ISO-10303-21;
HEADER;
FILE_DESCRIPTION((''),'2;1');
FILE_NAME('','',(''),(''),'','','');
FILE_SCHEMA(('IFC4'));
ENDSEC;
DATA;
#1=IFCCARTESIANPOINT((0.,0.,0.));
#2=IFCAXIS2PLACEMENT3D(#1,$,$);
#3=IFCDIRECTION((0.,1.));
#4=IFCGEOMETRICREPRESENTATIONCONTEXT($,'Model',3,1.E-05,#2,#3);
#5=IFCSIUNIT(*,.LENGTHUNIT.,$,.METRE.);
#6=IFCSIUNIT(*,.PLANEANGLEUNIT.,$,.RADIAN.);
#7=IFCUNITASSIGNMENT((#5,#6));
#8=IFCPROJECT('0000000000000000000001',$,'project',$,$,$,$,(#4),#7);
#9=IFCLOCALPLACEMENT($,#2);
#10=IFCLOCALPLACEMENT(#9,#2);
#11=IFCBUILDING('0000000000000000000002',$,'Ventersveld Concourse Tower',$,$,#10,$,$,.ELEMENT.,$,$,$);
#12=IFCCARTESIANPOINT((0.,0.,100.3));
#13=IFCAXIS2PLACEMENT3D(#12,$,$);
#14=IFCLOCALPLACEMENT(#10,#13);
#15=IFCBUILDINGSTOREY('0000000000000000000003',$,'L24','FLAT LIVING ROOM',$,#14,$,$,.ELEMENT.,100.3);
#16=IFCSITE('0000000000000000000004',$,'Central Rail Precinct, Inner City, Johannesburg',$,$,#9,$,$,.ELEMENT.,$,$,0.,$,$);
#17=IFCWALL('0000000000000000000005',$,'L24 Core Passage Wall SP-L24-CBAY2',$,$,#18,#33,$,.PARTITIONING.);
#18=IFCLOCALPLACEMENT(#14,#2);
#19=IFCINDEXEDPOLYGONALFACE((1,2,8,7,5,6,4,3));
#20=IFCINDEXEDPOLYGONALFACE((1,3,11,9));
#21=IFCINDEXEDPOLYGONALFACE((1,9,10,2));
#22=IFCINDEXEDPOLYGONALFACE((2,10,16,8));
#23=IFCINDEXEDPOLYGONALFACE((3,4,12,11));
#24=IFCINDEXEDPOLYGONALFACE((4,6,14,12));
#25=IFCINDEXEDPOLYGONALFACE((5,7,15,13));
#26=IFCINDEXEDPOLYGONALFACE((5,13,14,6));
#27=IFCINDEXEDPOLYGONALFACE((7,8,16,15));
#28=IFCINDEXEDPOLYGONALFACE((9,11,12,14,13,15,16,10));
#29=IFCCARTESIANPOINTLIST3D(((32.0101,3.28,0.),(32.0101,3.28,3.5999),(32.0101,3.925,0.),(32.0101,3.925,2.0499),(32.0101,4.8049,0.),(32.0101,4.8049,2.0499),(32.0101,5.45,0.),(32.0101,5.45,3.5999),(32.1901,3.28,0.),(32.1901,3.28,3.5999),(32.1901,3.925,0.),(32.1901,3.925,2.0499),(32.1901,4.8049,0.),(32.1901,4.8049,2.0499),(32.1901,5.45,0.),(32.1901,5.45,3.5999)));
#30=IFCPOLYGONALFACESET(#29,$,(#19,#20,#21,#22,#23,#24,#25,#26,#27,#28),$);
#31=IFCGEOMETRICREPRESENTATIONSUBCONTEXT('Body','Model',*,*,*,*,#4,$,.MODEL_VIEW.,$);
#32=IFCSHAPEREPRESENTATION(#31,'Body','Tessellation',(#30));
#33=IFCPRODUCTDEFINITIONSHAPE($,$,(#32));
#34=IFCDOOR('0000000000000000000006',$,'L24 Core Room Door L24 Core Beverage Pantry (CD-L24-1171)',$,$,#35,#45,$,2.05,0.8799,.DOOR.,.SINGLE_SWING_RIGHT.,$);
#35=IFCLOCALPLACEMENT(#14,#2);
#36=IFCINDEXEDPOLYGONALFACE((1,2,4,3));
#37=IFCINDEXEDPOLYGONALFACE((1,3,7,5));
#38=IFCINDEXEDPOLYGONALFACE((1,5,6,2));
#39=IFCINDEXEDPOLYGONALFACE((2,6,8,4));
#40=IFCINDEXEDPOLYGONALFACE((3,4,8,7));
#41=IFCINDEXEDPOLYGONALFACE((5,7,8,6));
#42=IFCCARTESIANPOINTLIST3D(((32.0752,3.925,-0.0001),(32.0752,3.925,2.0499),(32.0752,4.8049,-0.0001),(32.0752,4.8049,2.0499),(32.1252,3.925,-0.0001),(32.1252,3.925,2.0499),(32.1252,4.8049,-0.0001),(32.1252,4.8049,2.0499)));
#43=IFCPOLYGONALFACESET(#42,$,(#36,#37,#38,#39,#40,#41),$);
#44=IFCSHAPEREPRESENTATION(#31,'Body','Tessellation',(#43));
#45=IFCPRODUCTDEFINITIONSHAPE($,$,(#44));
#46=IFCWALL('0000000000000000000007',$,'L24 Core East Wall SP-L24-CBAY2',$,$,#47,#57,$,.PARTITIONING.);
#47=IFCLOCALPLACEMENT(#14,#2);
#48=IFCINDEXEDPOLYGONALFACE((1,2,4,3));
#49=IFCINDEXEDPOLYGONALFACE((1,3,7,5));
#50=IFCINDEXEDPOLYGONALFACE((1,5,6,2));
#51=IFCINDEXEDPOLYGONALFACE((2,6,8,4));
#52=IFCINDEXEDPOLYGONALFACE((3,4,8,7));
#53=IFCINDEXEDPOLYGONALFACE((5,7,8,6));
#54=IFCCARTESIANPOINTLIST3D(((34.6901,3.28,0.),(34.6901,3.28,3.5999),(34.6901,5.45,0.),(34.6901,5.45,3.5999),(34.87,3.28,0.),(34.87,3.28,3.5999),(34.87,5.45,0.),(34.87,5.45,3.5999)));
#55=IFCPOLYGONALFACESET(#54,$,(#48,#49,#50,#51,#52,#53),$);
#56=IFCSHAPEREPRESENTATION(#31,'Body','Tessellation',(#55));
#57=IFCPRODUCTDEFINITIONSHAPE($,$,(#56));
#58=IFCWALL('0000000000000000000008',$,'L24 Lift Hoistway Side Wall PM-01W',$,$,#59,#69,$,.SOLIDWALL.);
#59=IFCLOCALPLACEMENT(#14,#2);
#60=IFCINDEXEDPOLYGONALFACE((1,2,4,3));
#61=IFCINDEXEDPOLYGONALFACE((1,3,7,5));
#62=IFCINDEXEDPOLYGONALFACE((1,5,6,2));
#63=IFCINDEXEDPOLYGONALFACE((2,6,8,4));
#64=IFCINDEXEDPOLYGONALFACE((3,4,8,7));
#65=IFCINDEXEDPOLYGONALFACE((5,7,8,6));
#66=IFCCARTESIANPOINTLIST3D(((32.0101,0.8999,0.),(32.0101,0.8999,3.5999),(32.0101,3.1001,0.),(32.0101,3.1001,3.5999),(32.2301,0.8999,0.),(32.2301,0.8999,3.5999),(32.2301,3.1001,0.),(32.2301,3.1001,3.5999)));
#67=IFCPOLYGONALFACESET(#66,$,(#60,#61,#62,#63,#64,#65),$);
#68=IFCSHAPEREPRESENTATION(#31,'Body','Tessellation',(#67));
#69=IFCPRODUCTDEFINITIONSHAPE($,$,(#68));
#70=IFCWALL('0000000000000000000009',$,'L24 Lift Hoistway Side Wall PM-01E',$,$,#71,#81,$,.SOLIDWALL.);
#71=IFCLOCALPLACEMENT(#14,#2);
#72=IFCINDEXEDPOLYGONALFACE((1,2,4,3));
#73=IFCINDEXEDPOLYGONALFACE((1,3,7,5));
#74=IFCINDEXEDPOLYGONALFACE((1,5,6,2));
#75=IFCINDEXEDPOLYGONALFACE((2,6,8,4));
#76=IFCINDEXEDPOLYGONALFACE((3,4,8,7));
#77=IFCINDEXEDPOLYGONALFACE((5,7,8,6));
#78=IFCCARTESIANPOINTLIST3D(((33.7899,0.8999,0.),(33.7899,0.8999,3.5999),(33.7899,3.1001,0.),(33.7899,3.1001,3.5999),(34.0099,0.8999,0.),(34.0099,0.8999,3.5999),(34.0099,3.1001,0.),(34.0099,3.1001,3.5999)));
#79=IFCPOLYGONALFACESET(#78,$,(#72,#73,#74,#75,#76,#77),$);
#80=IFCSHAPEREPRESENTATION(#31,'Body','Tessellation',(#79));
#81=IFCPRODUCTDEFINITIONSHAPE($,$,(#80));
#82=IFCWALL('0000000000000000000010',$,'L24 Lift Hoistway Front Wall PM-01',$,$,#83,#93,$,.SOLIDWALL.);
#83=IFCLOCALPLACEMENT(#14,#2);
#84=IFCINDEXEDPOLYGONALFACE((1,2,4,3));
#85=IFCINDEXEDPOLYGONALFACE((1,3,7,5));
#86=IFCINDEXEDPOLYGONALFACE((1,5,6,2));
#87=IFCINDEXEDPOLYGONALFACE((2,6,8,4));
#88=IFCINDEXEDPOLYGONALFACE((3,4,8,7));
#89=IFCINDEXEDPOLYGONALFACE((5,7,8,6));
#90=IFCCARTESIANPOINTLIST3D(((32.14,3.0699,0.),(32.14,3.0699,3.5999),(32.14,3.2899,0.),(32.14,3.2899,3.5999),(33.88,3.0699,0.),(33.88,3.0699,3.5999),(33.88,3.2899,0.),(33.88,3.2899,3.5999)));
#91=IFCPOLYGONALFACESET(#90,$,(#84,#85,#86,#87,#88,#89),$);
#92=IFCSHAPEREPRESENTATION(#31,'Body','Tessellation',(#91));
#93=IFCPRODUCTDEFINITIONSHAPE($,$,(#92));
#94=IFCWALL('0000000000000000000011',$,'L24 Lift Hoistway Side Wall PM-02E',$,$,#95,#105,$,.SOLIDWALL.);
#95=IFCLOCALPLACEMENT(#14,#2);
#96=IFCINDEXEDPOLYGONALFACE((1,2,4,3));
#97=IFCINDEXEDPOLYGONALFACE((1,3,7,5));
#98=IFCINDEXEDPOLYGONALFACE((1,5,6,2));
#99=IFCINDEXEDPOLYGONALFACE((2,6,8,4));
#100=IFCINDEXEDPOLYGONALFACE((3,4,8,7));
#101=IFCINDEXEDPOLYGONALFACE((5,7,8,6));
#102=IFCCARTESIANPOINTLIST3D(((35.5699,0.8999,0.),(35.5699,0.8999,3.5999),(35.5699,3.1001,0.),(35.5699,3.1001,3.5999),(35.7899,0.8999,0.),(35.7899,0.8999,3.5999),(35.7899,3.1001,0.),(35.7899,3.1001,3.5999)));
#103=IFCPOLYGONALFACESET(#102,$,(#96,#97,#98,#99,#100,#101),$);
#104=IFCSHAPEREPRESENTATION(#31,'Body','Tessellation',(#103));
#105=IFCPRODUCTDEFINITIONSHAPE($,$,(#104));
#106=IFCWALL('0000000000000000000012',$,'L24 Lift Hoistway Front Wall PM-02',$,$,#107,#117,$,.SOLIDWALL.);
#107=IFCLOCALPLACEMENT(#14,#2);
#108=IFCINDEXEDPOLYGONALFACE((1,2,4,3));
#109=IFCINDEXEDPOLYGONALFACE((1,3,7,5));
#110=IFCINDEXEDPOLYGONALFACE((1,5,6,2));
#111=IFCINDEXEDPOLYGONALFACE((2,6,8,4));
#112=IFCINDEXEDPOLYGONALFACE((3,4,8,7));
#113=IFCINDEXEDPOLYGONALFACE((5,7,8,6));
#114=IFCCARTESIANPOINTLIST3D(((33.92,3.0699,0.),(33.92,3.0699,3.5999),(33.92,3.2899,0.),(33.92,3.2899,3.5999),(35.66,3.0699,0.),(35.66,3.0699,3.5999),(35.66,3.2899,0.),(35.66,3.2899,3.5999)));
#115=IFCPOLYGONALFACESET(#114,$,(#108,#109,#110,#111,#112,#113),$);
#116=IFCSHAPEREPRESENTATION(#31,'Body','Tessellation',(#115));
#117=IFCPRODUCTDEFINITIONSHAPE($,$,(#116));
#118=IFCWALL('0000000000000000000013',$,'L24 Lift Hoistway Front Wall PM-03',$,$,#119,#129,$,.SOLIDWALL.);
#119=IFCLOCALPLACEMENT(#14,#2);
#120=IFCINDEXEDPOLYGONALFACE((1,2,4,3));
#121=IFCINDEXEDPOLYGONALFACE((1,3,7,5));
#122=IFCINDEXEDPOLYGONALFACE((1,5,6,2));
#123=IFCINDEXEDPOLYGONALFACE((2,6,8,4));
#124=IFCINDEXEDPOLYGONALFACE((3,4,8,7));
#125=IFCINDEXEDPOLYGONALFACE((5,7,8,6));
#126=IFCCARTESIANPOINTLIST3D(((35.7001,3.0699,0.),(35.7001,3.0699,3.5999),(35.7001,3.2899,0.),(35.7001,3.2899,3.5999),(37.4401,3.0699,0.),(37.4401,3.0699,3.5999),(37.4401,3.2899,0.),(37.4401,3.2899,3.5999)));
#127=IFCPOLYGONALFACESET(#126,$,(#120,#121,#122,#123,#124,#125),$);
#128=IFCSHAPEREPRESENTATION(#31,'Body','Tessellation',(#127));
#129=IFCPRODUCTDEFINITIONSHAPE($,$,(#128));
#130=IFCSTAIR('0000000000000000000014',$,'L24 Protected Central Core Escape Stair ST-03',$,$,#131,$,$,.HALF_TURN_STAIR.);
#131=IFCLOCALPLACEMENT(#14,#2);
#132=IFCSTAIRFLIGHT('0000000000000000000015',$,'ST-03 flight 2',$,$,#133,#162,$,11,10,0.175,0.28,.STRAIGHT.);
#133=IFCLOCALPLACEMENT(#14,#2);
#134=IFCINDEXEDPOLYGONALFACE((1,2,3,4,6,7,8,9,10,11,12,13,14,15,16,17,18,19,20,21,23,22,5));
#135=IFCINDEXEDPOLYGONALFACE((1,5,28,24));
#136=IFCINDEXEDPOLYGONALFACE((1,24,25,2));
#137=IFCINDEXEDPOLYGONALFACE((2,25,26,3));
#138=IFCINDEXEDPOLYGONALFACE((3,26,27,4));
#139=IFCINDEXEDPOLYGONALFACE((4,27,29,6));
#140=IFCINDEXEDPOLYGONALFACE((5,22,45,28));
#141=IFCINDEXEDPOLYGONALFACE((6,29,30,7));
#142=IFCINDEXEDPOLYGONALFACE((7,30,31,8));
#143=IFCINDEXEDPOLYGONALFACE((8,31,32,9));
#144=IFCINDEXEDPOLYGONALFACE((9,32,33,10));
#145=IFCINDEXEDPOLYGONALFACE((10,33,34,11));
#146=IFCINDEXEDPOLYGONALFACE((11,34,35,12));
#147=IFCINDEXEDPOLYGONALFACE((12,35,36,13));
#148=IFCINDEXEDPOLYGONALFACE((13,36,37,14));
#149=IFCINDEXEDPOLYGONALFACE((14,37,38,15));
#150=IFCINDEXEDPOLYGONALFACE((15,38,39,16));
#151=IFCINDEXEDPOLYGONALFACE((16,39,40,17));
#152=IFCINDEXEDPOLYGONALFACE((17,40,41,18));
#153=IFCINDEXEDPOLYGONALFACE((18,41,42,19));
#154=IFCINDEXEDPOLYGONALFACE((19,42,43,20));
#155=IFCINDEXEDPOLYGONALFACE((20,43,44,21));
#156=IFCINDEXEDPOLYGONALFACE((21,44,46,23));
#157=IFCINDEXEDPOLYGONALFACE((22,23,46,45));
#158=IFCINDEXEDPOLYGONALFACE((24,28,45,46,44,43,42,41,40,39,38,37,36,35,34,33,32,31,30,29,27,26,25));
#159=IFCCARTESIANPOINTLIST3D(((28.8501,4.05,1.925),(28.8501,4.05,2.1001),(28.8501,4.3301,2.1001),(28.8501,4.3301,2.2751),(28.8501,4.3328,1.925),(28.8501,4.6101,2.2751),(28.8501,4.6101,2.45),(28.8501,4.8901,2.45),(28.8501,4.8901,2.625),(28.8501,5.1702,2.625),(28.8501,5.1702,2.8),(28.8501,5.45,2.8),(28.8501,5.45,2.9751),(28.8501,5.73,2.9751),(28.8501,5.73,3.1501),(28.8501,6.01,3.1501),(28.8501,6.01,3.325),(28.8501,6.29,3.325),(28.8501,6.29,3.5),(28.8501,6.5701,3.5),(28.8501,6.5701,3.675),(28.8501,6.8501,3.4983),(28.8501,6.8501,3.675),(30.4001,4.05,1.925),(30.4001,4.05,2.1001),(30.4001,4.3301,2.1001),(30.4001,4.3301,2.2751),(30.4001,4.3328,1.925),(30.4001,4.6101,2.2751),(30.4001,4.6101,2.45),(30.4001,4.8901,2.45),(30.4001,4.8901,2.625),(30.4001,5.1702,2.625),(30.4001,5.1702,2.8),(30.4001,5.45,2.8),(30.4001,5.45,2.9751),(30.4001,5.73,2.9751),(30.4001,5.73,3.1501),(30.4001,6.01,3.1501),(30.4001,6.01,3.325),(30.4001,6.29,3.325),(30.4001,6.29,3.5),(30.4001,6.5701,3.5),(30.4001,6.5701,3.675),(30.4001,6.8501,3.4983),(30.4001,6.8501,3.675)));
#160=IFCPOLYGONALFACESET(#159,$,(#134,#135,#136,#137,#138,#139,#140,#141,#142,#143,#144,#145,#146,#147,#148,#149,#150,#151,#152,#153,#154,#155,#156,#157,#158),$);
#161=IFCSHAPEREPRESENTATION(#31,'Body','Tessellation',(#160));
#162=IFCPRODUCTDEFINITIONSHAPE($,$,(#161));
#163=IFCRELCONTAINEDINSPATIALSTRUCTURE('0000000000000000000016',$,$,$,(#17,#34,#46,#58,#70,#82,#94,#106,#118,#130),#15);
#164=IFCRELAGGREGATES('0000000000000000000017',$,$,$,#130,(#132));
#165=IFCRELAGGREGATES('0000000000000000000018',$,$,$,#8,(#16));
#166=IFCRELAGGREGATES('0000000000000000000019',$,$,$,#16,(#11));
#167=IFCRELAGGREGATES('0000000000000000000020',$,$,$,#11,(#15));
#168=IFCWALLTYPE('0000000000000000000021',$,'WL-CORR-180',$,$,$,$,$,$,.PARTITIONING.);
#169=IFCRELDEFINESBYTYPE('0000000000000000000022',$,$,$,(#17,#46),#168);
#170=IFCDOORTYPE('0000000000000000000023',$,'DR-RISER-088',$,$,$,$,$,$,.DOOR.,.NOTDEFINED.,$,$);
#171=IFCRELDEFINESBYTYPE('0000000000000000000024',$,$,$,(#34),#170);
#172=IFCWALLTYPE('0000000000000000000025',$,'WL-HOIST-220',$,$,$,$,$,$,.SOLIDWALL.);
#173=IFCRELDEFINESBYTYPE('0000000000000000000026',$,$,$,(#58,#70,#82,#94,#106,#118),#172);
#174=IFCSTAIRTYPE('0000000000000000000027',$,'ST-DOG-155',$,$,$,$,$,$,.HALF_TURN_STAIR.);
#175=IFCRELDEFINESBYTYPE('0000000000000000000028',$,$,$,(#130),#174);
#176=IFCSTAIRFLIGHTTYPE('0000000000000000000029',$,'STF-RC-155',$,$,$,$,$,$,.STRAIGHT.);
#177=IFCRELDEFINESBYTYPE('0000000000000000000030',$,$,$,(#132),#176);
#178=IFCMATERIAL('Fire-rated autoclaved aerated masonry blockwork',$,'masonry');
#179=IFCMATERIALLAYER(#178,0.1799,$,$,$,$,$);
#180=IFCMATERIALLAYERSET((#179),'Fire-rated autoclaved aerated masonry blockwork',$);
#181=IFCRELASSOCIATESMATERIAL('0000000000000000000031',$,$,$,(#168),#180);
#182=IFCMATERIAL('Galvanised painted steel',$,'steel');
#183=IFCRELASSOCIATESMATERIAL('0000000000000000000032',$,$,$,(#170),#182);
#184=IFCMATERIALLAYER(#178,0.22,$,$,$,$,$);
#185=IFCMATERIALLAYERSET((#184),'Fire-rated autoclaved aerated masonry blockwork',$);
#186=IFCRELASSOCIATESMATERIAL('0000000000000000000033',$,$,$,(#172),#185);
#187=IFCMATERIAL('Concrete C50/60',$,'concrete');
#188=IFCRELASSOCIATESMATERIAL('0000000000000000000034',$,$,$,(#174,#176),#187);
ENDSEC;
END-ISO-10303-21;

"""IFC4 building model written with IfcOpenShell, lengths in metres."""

from ifc_helpers import new_model, si_unit, direction, frame, frame_2d, origin, place, context, subcontext, project, spatial, polyline, rectangle, outline, extrude, material, layer, layer_set, type_object, element, fill, aggregate, save


model = new_model("IFC4")

# Units and contexts
model_context = context("Model", 3, precision=1e-05, world=origin(), true_north=direction((0.0, 1.0)))
body_context = subcontext(model_context, "Body", "Model", "MODEL_VIEW")
ifc_project = project(units=[si_unit("LENGTHUNIT", "METRE"), si_unit("PLANEANGLEUNIT", "RADIAN")], contexts=[model_context])

# Site, building, storey
site_placement = place(None, origin())
site = spatial("IfcSite", under=ifc_project, at=site_placement, Name="Central Rail Precinct, Inner City, Johannesburg", CompositionType="ELEMENT", RefElevation=0.0)
building_placement = place(site_placement, origin())
building = spatial("IfcBuilding", under=site, at=building_placement, Name="Ventersveld Concourse Tower", CompositionType="ELEMENT")
storey_placement = place(building_placement, frame((0.0, 0.0, 100.3)))
storey = spatial("IfcBuildingStorey", under=building, at=storey_placement, Name="L24", Description="FLAT LIVING ROOM", CompositionType="ELEMENT", Elevation=100.3)

# Shared definitions
ifc_material_1 = material(Name="Concrete C50/60", Category="concrete")

# Shared definitions
ifc_material_2 = material(Name="Fire-rated autoclaved aerated masonry blockwork", Category="masonry")
ifc_layer_1 = layer(ifc_material_2, 0.1799)
ifc_layer_set_1 = layer_set([ifc_layer_1], Name="Fire-rated autoclaved aerated masonry blockwork")
wall_type_1 = type_object("IfcWallType", Name="WL-CORR-180", PredefinedType="PARTITIONING", material=ifc_layer_set_1)

# Wall, opening, door
wall_1_placement = place(storey_placement, frame((32.1001, 3.28, 0.0), z_axis=(0.0, 0.0, 1.0), x_axis=(0.0, 1.0, 0.0)))
wall_1 = element("IfcWall", 1, at=wall_1_placement, inside=storey, type_object=wall_type_1, Name="L24 Core Passage Wall SP-L24-CBAY2", PredefinedType="PARTITIONING", context=body_context, shape_type="SweptSolid", body=[
    extrude(rectangle(XDim=2.1699, YDim=0.1799, at=frame_2d((1.085, 0.0))), origin(), (0.0, 0.0, 1.0), 3.5999),
])
opening_placement = place(wall_1_placement, frame((0.645, 0.0, 0.0)))
opening = element("IfcOpeningElement", 2, at=opening_placement, cuts=wall_1, PredefinedType="OPENING", context=body_context, shape_type="SweptSolid", body=[
    extrude(rectangle(XDim=0.8799, YDim=2.05, at=frame_2d((0.4399, 1.0249))), frame((0.0, 0.1001, 0.0), z_axis=(0.0, -1.0, 0.0), x_axis=(1.0, 0.0, 0.0)), (0.0, 0.0, 1.0), 0.2),
])
ifc_material_3 = material(Name="Galvanised painted steel", Category="steel")
door_type = type_object("IfcDoorType", Name="DR-RISER-088", OperationType="NOTDEFINED", PredefinedType="DOOR", material=ifc_material_3)
door_placement = place(opening_placement, origin())
door = element("IfcDoor", 3, at=door_placement, inside=storey, type_object=door_type, Name="L24 Core Room Door L24 Core Beverage Pantry (CD-L24-1171)", OperationType="SINGLE_SWING_RIGHT", OverallHeight=2.05, OverallWidth=0.8799, PredefinedType="DOOR", context=body_context, shape_type="SweptSolid", body=[
    extrude(rectangle(XDim=0.8799, YDim=2.05, at=frame_2d((0.4399, 1.0249))), frame((0.0, 0.0249, 0.0), z_axis=(0.0, -1.0, 0.0), x_axis=(1.0, 0.0, 0.0)), (0.0, 0.0, 1.0), 0.05),
])
fill(opening, door)

# Walls
wall_2_placement = place(storey_placement, frame((34.78, 3.28, 0.0), z_axis=(0.0, 0.0, 1.0), x_axis=(0.0, 1.0, 0.0)))
element("IfcWall", 4, at=wall_2_placement, inside=storey, type_object=wall_type_1, Name="L24 Core East Wall SP-L24-CBAY2", PredefinedType="PARTITIONING", context=body_context, shape_type="SweptSolid", body=[
    extrude(rectangle(XDim=2.1699, YDim=0.1799, at=frame_2d((1.085, 0.0))), origin(), (0.0, 0.0, 1.0), 3.5999),
])
ifc_layer_2 = layer(ifc_material_2, 0.22)
ifc_layer_set_2 = layer_set([ifc_layer_2], Name="Fire-rated autoclaved aerated masonry blockwork")
wall_type_2 = type_object("IfcWallType", Name="WL-HOIST-220", PredefinedType="SOLIDWALL", material=ifc_layer_set_2)
for number, where, z_axis, x_axis, name in (
    (5, (32.1201, 0.8999, 0.0), (0.0, 0.0, 1.0), (0.0, 1.0, 0.0), "L24 Lift Hoistway Side Wall PM-01W"),
    (6, (33.8999, 0.8999, 0.0), (0.0, 0.0, 1.0), (0.0, 1.0, 0.0), "L24 Lift Hoistway Side Wall PM-01E"),
):
    element("IfcWall", number, at=place(storey_placement, frame(where, z_axis=z_axis, x_axis=x_axis)), inside=storey, type_object=wall_type_2, Name=name, PredefinedType="SOLIDWALL", context=body_context, shape_type="SweptSolid", body=[
        extrude(rectangle(XDim=2.2002, YDim=0.22, at=frame_2d((1.1001, 0.0))), origin(), (0.0, 0.0, 1.0), 3.5999),
    ])
wall_3_placement = place(storey_placement, frame((32.1399, 3.1799, 0.0), z_axis=(0.0, 0.0, 1.0), x_axis=(1.0, 0.0, 0.0)))
element("IfcWall", 7, at=wall_3_placement, inside=storey, type_object=wall_type_2, Name="L24 Lift Hoistway Front Wall PM-01", PredefinedType="SOLIDWALL", context=body_context, shape_type="SweptSolid", body=[
    extrude(rectangle(XDim=1.74, YDim=0.22, at=frame_2d((0.8701, 0.0))), origin(), (0.0, 0.0, 1.0), 3.5999),
])
wall_4_placement = place(storey_placement, frame((35.6799, 0.8999, 0.0), z_axis=(0.0, 0.0, 1.0), x_axis=(0.0, 1.0, 0.0)))
element("IfcWall", 8, at=wall_4_placement, inside=storey, type_object=wall_type_2, Name="L24 Lift Hoistway Side Wall PM-02E", PredefinedType="SOLIDWALL", context=body_context, shape_type="SweptSolid", body=[
    extrude(rectangle(XDim=2.2002, YDim=0.22, at=frame_2d((1.1001, 0.0))), origin(), (0.0, 0.0, 1.0), 3.5999),
])
for number, where, z_axis, x_axis, name in (
    (9, (33.9199, 3.1799, 0.0), (0.0, 0.0, 1.0), (1.0, 0.0, 0.0), "L24 Lift Hoistway Front Wall PM-02"),
    (10, (35.7, 3.1799, 0.0), (0.0, 0.0, 1.0), (1.0, 0.0, 0.0), "L24 Lift Hoistway Front Wall PM-03"),
):
    element("IfcWall", number, at=place(storey_placement, frame(where, z_axis=z_axis, x_axis=x_axis)), inside=storey, type_object=wall_type_2, Name=name, PredefinedType="SOLIDWALL", context=body_context, shape_type="SweptSolid", body=[
        extrude(rectangle(XDim=1.74, YDim=0.22, at=frame_2d((0.8701, 0.0))), origin(), (0.0, 0.0, 1.0), 3.5999),
    ])

# Stair, stair flight
stair_type = type_object("IfcStairType", Name="ST-DOG-155", PredefinedType="HALF_TURN_STAIR", material=ifc_material_1)
stair_placement = place(storey_placement, origin())
stair = element("IfcStair", 11, at=stair_placement, inside=storey, type_object=stair_type, Name="L24 Protected Central Core Escape Stair ST-03", PredefinedType="HALF_TURN_STAIR")
stair_flight_type = type_object("IfcStairFlightType", Name="STF-RC-155", PredefinedType="STRAIGHT", material=ifc_material_1)
stair_flight_placement = place(storey_placement, frame((29.625, 4.05, 1.925), z_axis=(0.0, 0.0, 1.0), x_axis=(0.0, 1.0, 0.0)))
stair_flight = element("IfcStairFlight", 12, at=stair_flight_placement, type_object=stair_flight_type, Name="ST-03 flight 2", NumberOfRisers=11, NumberOfTreads=10, PredefinedType="STRAIGHT", RiserHeight=0.175, TreadLength=0.28, context=body_context, shape_type="SweptSolid", body=[
    extrude(outline(polyline([(0.0, 0.0), (0.0, 0.175), (0.28, 0.175), (0.28, 0.3501), (0.5601, 0.3501), (0.5601, 0.5249), (0.8401, 0.5249), (0.8401, 0.7), (1.1201, 0.7), (1.1201, 0.875), (1.3999, 0.875), (1.3999, 1.05), (1.6799, 1.05), (1.6799, 1.2251), (1.96, 1.2251), (1.96, 1.3999), (2.24, 1.3999), (2.24, 1.575), (2.52, 1.575), (2.52, 1.75), (2.8, 1.75), (2.8, 1.925), (2.8, 1.5732), (0.2827, 0.0), (0.0, 0.0)])), frame((0.0, 0.7749, 0.0), z_axis=(0.0, -1.0, 0.0), x_axis=(1.0, 0.0, 0.0)), (0.0, 0.0, 1.0), 1.55),
])
aggregate(stair, [stair_flight])

save(model, "model.ifc")
